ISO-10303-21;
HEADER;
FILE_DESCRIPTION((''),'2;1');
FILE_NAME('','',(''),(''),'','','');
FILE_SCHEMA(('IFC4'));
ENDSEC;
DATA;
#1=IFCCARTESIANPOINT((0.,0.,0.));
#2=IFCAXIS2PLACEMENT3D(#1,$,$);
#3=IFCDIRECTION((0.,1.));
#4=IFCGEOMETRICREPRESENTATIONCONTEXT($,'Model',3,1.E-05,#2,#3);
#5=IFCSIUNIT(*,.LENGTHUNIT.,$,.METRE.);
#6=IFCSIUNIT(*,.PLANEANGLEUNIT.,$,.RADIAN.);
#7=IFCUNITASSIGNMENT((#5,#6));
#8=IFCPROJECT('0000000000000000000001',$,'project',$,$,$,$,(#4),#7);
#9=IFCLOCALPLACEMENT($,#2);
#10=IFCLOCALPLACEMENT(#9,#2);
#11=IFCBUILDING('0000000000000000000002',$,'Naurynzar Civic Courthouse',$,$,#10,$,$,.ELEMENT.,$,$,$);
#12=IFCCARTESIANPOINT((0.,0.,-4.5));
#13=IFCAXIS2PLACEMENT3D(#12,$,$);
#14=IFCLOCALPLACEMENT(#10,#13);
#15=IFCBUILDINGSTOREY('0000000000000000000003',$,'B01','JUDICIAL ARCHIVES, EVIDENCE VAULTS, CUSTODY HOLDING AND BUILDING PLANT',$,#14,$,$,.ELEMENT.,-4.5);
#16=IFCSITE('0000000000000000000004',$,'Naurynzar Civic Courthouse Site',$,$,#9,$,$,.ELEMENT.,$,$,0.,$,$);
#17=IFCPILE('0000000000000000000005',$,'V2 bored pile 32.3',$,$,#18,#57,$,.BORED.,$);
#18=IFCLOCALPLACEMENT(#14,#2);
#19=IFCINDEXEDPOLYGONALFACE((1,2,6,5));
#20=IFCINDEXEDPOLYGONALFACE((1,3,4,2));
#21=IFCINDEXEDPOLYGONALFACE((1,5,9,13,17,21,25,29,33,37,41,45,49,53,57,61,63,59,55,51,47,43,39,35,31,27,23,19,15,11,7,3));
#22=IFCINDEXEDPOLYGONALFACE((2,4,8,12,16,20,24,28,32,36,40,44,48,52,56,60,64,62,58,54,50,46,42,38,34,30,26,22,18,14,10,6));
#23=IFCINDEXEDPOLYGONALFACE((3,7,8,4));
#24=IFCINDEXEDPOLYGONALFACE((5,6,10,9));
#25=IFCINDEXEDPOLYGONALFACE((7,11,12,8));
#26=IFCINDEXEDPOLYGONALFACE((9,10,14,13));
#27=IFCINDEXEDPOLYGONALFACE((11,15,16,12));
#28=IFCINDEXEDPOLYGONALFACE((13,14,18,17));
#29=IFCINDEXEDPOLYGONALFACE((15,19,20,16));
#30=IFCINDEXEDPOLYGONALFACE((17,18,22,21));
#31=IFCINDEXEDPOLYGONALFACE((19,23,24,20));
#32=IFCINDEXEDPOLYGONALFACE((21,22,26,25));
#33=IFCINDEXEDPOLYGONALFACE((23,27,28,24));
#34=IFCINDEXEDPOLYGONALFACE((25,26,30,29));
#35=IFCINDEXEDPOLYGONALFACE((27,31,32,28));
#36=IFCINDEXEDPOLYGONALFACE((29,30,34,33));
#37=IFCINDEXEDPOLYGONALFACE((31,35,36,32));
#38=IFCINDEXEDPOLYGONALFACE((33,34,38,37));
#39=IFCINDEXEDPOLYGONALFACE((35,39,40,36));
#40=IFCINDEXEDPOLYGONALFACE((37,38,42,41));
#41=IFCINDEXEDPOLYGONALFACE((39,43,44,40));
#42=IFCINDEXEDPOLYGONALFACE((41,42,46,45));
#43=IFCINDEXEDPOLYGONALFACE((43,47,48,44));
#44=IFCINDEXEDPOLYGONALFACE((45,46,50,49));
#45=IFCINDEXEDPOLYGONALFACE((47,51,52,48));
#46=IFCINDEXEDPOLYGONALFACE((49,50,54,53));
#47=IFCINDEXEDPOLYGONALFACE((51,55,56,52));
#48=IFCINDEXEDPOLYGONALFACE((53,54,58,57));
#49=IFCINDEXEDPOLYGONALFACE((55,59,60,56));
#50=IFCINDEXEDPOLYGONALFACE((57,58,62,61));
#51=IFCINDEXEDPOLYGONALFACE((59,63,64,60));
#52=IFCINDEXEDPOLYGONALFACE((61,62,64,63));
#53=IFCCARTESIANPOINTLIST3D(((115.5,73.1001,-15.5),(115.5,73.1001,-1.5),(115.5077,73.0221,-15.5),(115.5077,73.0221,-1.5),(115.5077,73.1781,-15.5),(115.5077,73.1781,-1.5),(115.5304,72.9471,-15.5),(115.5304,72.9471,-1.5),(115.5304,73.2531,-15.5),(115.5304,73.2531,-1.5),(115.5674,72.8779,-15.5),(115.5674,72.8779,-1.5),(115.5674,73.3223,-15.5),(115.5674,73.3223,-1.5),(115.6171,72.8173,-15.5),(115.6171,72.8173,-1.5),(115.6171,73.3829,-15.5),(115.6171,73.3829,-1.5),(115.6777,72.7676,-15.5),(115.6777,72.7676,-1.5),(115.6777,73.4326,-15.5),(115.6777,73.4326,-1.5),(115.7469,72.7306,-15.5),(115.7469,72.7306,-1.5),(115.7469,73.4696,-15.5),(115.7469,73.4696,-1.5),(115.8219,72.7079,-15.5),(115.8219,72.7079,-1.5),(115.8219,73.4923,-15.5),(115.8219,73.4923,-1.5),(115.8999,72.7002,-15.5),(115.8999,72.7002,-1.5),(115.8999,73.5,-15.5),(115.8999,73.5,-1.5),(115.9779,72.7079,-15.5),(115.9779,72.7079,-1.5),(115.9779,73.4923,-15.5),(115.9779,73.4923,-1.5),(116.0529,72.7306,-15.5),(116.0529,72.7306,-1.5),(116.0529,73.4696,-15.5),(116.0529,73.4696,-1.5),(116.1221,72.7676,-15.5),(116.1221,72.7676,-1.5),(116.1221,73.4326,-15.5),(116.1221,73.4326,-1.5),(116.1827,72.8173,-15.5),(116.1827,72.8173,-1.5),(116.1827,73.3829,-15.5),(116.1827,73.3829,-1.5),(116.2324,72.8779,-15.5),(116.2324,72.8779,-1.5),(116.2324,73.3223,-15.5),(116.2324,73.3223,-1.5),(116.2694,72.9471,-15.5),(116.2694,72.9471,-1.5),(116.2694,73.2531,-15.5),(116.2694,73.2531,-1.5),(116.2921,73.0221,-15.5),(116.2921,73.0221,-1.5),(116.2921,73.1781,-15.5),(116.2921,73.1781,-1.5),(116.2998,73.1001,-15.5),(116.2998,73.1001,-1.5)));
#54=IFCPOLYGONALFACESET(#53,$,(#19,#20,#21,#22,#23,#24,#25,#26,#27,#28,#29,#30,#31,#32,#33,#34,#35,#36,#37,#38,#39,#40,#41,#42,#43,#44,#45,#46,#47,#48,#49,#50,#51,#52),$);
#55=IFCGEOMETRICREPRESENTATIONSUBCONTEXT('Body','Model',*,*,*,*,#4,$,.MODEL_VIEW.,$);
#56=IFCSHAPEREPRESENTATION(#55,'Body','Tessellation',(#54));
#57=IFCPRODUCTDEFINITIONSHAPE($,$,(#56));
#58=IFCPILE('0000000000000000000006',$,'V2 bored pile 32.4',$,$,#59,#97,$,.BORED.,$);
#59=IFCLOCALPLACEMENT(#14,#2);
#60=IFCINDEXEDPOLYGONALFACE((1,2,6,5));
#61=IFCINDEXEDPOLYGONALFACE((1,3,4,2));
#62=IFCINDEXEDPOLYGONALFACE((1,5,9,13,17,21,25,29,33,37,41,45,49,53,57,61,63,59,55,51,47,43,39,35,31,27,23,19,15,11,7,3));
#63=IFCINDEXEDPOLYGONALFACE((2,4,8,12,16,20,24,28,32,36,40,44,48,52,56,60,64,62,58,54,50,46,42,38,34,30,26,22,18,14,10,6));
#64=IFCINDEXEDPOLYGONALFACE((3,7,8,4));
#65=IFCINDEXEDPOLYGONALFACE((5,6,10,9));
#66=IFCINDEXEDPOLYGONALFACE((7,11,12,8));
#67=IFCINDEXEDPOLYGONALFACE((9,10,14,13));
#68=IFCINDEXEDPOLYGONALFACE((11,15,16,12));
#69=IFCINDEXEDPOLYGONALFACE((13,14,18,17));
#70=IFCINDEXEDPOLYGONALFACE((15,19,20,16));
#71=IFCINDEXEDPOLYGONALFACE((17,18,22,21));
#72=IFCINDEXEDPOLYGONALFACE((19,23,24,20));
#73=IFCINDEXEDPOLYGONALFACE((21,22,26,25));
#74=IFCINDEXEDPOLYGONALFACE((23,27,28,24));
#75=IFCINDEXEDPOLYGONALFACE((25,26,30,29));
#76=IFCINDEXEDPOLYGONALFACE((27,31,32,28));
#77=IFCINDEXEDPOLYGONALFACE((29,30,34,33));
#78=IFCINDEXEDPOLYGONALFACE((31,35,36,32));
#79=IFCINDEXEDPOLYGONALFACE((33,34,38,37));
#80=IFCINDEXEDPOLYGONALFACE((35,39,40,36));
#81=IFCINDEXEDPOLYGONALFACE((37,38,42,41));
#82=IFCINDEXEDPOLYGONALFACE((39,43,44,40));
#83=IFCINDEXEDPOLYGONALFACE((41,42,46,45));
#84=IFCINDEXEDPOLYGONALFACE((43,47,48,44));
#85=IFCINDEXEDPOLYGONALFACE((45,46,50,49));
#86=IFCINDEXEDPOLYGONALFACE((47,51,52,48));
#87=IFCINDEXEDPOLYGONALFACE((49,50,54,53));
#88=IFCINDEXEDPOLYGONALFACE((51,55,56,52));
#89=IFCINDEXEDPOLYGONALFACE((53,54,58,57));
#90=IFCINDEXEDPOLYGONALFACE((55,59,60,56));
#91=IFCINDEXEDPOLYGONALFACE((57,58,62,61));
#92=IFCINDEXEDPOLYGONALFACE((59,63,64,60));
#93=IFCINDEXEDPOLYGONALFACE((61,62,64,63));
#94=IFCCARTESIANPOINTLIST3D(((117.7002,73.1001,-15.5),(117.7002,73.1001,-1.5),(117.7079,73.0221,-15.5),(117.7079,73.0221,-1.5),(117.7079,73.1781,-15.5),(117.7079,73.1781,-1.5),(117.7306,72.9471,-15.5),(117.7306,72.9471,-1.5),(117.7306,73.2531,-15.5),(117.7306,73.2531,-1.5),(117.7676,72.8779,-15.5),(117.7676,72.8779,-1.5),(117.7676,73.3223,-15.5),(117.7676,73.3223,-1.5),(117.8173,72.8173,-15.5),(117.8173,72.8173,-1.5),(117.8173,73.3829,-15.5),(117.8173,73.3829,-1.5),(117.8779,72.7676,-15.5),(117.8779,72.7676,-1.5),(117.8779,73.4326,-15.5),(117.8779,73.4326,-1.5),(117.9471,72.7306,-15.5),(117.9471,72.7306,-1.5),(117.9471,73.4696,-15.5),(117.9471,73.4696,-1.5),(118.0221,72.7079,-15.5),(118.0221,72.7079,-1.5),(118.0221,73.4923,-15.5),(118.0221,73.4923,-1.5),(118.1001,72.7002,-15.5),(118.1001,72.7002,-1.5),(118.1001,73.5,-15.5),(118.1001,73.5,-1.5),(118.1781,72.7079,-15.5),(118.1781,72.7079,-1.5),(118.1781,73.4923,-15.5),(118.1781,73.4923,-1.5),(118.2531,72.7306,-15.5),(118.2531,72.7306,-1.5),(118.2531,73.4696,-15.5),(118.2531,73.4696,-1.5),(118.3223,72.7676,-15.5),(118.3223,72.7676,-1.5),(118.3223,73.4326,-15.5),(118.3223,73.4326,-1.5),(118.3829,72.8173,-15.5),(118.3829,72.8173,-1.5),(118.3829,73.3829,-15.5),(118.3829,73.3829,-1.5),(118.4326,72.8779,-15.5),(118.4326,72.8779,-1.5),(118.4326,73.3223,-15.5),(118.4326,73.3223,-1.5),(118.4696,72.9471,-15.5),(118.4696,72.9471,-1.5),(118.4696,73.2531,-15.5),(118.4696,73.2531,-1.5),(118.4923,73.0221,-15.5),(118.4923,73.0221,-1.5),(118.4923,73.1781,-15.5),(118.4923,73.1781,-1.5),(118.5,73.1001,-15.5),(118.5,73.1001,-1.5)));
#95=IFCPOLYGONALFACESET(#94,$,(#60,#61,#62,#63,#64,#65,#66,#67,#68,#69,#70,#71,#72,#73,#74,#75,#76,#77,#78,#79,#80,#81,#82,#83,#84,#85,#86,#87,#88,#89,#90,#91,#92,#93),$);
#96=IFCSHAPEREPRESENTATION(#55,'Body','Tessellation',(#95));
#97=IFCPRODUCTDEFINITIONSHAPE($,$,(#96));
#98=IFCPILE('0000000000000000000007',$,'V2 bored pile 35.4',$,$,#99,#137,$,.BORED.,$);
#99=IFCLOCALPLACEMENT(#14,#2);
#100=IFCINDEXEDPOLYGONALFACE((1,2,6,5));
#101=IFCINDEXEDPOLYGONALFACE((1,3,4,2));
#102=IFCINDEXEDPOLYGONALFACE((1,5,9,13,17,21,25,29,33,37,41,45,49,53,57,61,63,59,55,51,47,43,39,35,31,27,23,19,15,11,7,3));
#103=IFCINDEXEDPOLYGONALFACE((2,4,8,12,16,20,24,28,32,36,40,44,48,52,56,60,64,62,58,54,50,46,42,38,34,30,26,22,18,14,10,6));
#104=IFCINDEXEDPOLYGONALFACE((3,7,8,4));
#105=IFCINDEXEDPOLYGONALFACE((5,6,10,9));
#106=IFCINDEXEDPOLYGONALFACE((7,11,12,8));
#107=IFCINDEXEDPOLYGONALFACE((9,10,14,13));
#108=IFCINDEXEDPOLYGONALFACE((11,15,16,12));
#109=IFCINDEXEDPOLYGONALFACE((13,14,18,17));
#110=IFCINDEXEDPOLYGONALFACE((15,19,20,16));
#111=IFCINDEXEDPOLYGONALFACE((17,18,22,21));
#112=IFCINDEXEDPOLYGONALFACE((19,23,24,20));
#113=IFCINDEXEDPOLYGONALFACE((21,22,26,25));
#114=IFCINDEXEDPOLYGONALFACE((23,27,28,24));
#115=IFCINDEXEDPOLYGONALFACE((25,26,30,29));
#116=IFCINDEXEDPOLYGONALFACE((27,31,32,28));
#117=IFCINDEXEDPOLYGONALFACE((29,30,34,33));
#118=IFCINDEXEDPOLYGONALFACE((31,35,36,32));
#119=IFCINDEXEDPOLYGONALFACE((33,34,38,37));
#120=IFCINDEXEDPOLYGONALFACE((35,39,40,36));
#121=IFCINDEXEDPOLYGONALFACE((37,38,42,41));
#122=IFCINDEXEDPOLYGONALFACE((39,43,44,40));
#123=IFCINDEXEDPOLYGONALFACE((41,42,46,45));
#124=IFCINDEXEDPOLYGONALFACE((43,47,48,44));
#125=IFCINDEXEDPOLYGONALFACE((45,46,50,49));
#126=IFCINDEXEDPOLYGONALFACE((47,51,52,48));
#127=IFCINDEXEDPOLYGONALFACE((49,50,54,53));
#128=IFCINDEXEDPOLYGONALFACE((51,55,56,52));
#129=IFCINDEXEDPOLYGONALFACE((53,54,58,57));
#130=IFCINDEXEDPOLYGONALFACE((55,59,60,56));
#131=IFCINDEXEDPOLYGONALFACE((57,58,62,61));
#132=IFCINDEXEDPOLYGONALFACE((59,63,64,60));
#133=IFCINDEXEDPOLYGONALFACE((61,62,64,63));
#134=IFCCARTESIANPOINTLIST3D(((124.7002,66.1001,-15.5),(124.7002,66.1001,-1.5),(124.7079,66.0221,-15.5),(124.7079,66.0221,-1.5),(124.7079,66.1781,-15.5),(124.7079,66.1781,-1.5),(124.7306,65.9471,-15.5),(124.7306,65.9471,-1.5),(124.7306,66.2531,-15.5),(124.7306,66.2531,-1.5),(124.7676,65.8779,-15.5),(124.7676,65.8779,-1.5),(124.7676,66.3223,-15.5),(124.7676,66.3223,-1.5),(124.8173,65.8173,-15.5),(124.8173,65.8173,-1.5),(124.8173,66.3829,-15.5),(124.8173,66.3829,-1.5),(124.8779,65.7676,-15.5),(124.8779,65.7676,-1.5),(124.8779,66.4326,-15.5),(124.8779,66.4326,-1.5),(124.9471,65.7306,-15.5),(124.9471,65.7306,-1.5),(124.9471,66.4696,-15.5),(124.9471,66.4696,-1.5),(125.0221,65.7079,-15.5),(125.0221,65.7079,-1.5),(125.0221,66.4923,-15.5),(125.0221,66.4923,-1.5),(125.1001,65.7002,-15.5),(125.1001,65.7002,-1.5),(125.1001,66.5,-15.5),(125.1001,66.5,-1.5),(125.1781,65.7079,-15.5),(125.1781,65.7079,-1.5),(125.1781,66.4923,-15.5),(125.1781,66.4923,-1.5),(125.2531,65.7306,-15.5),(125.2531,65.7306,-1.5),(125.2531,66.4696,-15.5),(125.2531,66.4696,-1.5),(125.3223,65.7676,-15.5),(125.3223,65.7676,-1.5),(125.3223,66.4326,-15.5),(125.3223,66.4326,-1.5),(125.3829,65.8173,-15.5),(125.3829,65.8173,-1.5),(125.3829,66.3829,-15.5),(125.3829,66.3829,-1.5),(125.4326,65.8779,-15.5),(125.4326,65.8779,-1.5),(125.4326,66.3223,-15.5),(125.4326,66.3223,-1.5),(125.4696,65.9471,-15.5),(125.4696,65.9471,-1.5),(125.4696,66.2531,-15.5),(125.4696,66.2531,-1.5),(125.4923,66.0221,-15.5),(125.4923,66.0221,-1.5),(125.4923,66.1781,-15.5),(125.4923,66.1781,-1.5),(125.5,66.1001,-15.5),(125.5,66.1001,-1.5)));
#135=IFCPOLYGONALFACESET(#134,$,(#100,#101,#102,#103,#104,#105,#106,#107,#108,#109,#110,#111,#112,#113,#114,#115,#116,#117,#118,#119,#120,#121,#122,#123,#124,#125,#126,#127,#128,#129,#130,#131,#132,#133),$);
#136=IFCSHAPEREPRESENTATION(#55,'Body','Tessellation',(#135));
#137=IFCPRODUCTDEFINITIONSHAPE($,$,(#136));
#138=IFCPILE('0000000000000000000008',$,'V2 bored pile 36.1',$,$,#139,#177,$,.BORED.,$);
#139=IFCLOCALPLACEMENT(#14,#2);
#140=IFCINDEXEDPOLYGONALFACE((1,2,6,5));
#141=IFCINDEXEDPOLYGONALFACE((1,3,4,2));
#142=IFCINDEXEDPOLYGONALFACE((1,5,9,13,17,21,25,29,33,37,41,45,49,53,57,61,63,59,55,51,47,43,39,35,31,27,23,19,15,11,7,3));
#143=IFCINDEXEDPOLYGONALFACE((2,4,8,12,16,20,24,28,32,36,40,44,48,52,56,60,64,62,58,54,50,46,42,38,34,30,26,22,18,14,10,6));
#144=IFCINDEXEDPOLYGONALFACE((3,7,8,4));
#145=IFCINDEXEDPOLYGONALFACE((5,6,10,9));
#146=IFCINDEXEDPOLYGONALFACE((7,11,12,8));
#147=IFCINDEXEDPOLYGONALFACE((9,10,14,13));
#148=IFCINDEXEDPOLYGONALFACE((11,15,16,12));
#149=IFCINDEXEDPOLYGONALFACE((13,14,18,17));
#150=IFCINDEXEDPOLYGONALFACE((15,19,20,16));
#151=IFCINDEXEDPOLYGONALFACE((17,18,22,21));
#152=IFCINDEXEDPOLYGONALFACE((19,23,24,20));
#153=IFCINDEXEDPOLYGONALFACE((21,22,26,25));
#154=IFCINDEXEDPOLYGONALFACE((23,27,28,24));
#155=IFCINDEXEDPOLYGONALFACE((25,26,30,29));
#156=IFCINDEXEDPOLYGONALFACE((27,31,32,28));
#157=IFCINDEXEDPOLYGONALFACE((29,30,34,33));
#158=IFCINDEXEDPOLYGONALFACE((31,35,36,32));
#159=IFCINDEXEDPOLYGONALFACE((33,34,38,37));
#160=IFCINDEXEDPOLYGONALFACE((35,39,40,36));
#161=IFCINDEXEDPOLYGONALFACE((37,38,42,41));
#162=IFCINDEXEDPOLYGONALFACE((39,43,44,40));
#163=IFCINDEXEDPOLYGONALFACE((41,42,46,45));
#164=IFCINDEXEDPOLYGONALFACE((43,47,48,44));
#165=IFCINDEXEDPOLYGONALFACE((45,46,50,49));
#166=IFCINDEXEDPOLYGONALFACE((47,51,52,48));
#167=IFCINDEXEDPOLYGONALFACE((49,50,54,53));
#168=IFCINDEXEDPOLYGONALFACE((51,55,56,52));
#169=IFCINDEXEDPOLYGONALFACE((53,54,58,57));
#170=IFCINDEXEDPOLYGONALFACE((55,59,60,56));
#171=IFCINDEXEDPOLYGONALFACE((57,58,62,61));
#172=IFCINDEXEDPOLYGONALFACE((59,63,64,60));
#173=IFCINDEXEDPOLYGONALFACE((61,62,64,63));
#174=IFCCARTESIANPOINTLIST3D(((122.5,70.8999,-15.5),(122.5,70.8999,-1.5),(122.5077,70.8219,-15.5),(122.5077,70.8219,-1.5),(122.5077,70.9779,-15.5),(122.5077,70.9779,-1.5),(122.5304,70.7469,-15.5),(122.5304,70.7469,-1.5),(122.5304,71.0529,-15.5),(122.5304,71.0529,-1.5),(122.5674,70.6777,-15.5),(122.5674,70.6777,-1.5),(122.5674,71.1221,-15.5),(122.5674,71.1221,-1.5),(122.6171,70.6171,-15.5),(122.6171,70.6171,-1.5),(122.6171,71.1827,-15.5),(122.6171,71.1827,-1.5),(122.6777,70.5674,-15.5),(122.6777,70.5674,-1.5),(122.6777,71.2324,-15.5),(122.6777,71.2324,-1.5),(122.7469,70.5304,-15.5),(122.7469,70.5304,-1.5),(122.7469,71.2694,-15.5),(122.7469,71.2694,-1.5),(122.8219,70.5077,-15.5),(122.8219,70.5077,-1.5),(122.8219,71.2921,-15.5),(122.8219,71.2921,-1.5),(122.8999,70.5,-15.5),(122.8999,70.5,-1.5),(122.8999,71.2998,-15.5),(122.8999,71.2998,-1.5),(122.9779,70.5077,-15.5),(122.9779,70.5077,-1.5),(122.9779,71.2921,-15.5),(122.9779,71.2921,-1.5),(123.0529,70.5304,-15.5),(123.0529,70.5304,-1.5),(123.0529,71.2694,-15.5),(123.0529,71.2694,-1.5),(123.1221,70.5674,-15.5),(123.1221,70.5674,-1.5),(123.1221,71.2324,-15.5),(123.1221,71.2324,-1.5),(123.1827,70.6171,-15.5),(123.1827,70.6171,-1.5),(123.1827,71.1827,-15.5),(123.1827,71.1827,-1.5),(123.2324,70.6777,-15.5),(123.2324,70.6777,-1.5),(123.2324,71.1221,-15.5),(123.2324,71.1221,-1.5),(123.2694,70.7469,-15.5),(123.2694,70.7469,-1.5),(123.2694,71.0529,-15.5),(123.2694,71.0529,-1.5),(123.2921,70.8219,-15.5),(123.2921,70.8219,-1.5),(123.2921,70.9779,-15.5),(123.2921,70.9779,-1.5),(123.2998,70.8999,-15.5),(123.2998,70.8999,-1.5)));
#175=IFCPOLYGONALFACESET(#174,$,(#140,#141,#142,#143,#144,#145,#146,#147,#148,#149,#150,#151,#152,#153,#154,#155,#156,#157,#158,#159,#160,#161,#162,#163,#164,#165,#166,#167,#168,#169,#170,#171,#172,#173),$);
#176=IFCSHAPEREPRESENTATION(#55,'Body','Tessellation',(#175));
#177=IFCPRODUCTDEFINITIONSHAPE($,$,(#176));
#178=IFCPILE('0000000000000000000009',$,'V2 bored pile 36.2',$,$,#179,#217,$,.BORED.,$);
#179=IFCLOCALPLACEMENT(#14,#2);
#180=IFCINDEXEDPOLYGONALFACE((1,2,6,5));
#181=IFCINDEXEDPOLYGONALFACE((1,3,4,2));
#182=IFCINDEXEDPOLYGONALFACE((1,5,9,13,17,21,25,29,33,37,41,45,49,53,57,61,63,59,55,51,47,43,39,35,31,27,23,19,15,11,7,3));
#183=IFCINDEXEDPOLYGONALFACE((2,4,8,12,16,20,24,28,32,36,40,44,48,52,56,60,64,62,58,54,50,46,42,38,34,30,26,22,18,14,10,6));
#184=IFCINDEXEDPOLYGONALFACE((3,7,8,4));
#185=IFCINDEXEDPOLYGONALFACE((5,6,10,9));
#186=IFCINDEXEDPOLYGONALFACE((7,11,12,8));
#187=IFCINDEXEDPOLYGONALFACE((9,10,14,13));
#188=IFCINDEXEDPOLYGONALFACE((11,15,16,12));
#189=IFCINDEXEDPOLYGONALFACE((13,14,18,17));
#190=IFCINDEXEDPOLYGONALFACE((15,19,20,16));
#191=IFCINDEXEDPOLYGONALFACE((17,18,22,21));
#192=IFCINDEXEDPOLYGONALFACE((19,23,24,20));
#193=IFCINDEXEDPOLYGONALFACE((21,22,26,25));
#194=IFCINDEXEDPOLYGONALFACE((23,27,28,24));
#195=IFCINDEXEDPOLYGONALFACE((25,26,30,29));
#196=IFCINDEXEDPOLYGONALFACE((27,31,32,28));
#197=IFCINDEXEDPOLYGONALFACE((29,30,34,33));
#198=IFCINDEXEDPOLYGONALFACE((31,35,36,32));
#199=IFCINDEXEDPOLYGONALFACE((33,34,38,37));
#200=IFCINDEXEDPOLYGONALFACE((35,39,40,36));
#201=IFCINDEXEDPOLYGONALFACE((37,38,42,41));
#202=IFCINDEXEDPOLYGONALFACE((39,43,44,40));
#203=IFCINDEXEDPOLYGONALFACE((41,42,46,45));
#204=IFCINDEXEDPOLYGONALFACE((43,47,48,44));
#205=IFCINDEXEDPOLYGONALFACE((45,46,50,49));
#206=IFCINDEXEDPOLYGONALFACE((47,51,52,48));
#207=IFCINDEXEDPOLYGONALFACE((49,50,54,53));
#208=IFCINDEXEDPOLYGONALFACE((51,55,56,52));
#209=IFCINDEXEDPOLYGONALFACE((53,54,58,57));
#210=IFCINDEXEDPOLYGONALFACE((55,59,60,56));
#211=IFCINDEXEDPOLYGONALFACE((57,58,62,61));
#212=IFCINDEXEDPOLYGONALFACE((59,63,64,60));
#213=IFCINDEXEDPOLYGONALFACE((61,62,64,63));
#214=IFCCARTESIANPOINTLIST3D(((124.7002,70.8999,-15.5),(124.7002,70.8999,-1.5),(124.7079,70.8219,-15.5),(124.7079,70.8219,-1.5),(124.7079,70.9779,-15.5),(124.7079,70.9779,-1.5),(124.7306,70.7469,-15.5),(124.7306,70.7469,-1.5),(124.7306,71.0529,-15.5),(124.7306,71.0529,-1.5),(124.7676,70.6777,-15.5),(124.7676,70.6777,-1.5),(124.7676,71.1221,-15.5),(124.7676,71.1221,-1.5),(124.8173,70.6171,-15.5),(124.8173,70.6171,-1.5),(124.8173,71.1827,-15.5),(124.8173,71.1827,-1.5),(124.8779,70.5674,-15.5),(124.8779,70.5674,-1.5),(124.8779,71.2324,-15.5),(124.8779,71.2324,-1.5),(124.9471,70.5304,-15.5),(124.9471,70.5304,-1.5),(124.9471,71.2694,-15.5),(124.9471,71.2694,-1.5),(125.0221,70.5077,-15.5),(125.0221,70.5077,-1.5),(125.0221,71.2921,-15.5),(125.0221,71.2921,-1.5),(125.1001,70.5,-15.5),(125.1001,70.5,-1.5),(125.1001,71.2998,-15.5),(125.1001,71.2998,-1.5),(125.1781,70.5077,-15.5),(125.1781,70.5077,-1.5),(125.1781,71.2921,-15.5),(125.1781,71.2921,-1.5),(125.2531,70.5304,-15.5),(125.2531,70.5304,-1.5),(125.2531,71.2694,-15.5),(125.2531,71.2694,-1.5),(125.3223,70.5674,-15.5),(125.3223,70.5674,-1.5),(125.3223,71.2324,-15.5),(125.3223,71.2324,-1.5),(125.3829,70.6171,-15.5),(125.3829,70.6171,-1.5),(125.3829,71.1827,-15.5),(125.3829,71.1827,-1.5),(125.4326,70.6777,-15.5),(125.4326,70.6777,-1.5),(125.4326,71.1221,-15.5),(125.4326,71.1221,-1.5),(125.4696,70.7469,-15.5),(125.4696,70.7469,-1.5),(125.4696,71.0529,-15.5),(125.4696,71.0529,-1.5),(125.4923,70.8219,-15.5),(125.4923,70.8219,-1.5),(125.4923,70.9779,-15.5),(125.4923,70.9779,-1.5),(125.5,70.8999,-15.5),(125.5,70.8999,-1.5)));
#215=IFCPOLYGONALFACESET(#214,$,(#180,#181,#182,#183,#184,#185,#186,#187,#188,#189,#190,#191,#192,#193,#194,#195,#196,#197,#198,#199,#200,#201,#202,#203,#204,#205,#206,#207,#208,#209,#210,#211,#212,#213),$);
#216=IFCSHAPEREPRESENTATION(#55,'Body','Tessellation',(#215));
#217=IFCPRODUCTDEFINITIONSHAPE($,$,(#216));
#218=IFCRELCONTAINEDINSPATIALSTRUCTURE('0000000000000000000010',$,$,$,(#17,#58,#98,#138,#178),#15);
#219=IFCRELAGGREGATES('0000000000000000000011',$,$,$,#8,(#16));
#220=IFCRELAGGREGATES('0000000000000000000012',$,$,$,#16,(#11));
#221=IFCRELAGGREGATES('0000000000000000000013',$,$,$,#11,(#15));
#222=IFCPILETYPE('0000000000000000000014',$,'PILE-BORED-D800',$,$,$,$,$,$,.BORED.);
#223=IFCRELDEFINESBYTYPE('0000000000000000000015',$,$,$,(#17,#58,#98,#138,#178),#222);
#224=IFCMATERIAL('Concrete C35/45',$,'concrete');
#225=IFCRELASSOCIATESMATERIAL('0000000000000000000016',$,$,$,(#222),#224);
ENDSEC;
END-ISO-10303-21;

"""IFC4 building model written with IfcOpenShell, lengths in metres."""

from ifc_helpers import new_model, si_unit, direction, frame, origin, origin_2d, place, context, subcontext, project, spatial, circle, extrude, material, material_profile, profile_set, type_object, element, save


model = new_model("IFC4")

# Units and contexts
model_context = context("Model", 3, precision=1e-05, world=origin(), true_north=direction((0.0, 1.0)))
body_context = subcontext(model_context, "Body", "Model", "MODEL_VIEW")
ifc_project = project(units=[si_unit("LENGTHUNIT", "METRE"), si_unit("PLANEANGLEUNIT", "RADIAN")], contexts=[model_context])

# Site, building, storey
site_placement = place(None, origin())
site = spatial("IfcSite", under=ifc_project, at=site_placement, Name="Naurynzar Civic Courthouse Site", CompositionType="ELEMENT", RefElevation=0.0)
building_placement = place(site_placement, origin())
building = spatial("IfcBuilding", under=site, at=building_placement, Name="Naurynzar Civic Courthouse", CompositionType="ELEMENT")
storey_placement = place(building_placement, frame((0.0, 0.0, -4.5)))
storey = spatial("IfcBuildingStorey", under=building, at=storey_placement, Name="B01", Description="JUDICIAL ARCHIVES, EVIDENCE VAULTS, CUSTODY HOLDING AND BUILDING PLANT", CompositionType="ELEMENT", Elevation=-4.5)

# Piles
ifc_material_1 = material(Name="Concrete C35/45", Category="concrete")
ifc_material_profile_1 = material_profile(ifc_material_1, circle(Radius=0.3999, at=origin_2d()), Name="PILE D800")
ifc_profile_set_1 = profile_set([ifc_material_profile_1], Name="Concrete C35/45")
pile_type_1 = type_object("IfcPileType", Name="PILE-BORED-D800", PredefinedType="BORED", material=ifc_profile_set_1)
for number, where, z_axis, x_axis, name in (
    (1, (115.8999, 73.1001, -1.5), (0.0, 0.0, -1.0), (1.0, 0.0, 0.0), "V2 bored pile 32.3"),
    (2, (118.1001, 73.1001, -1.5), (0.0, 0.0, -1.0), (1.0, 0.0, 0.0), "V2 bored pile 32.4"),
    (3, (125.1001, 66.1001, -1.5), (0.0, 0.0, -1.0), (1.0, 0.0, 0.0), "V2 bored pile 35.4"),
    (4, (122.8999, 70.8999, -1.5), (0.0, 0.0, -1.0), (1.0, 0.0, 0.0), "V2 bored pile 36.1"),
    (5, (125.1001, 70.8999, -1.5), (0.0, 0.0, -1.0), (1.0, 0.0, 0.0), "V2 bored pile 36.2"),
):
    element("IfcPile", number, at=place(storey_placement, frame(where, z_axis=z_axis, x_axis=x_axis)), inside=storey, type_object=pile_type_1, Name=name, PredefinedType="BORED", context=body_context, shape_type="SweptSolid", body=[
        extrude(circle(Radius=0.3999, at=origin_2d()), origin(), (0.0, 0.0, 1.0), 14.0),
    ])

save(model, "model.ifc")
